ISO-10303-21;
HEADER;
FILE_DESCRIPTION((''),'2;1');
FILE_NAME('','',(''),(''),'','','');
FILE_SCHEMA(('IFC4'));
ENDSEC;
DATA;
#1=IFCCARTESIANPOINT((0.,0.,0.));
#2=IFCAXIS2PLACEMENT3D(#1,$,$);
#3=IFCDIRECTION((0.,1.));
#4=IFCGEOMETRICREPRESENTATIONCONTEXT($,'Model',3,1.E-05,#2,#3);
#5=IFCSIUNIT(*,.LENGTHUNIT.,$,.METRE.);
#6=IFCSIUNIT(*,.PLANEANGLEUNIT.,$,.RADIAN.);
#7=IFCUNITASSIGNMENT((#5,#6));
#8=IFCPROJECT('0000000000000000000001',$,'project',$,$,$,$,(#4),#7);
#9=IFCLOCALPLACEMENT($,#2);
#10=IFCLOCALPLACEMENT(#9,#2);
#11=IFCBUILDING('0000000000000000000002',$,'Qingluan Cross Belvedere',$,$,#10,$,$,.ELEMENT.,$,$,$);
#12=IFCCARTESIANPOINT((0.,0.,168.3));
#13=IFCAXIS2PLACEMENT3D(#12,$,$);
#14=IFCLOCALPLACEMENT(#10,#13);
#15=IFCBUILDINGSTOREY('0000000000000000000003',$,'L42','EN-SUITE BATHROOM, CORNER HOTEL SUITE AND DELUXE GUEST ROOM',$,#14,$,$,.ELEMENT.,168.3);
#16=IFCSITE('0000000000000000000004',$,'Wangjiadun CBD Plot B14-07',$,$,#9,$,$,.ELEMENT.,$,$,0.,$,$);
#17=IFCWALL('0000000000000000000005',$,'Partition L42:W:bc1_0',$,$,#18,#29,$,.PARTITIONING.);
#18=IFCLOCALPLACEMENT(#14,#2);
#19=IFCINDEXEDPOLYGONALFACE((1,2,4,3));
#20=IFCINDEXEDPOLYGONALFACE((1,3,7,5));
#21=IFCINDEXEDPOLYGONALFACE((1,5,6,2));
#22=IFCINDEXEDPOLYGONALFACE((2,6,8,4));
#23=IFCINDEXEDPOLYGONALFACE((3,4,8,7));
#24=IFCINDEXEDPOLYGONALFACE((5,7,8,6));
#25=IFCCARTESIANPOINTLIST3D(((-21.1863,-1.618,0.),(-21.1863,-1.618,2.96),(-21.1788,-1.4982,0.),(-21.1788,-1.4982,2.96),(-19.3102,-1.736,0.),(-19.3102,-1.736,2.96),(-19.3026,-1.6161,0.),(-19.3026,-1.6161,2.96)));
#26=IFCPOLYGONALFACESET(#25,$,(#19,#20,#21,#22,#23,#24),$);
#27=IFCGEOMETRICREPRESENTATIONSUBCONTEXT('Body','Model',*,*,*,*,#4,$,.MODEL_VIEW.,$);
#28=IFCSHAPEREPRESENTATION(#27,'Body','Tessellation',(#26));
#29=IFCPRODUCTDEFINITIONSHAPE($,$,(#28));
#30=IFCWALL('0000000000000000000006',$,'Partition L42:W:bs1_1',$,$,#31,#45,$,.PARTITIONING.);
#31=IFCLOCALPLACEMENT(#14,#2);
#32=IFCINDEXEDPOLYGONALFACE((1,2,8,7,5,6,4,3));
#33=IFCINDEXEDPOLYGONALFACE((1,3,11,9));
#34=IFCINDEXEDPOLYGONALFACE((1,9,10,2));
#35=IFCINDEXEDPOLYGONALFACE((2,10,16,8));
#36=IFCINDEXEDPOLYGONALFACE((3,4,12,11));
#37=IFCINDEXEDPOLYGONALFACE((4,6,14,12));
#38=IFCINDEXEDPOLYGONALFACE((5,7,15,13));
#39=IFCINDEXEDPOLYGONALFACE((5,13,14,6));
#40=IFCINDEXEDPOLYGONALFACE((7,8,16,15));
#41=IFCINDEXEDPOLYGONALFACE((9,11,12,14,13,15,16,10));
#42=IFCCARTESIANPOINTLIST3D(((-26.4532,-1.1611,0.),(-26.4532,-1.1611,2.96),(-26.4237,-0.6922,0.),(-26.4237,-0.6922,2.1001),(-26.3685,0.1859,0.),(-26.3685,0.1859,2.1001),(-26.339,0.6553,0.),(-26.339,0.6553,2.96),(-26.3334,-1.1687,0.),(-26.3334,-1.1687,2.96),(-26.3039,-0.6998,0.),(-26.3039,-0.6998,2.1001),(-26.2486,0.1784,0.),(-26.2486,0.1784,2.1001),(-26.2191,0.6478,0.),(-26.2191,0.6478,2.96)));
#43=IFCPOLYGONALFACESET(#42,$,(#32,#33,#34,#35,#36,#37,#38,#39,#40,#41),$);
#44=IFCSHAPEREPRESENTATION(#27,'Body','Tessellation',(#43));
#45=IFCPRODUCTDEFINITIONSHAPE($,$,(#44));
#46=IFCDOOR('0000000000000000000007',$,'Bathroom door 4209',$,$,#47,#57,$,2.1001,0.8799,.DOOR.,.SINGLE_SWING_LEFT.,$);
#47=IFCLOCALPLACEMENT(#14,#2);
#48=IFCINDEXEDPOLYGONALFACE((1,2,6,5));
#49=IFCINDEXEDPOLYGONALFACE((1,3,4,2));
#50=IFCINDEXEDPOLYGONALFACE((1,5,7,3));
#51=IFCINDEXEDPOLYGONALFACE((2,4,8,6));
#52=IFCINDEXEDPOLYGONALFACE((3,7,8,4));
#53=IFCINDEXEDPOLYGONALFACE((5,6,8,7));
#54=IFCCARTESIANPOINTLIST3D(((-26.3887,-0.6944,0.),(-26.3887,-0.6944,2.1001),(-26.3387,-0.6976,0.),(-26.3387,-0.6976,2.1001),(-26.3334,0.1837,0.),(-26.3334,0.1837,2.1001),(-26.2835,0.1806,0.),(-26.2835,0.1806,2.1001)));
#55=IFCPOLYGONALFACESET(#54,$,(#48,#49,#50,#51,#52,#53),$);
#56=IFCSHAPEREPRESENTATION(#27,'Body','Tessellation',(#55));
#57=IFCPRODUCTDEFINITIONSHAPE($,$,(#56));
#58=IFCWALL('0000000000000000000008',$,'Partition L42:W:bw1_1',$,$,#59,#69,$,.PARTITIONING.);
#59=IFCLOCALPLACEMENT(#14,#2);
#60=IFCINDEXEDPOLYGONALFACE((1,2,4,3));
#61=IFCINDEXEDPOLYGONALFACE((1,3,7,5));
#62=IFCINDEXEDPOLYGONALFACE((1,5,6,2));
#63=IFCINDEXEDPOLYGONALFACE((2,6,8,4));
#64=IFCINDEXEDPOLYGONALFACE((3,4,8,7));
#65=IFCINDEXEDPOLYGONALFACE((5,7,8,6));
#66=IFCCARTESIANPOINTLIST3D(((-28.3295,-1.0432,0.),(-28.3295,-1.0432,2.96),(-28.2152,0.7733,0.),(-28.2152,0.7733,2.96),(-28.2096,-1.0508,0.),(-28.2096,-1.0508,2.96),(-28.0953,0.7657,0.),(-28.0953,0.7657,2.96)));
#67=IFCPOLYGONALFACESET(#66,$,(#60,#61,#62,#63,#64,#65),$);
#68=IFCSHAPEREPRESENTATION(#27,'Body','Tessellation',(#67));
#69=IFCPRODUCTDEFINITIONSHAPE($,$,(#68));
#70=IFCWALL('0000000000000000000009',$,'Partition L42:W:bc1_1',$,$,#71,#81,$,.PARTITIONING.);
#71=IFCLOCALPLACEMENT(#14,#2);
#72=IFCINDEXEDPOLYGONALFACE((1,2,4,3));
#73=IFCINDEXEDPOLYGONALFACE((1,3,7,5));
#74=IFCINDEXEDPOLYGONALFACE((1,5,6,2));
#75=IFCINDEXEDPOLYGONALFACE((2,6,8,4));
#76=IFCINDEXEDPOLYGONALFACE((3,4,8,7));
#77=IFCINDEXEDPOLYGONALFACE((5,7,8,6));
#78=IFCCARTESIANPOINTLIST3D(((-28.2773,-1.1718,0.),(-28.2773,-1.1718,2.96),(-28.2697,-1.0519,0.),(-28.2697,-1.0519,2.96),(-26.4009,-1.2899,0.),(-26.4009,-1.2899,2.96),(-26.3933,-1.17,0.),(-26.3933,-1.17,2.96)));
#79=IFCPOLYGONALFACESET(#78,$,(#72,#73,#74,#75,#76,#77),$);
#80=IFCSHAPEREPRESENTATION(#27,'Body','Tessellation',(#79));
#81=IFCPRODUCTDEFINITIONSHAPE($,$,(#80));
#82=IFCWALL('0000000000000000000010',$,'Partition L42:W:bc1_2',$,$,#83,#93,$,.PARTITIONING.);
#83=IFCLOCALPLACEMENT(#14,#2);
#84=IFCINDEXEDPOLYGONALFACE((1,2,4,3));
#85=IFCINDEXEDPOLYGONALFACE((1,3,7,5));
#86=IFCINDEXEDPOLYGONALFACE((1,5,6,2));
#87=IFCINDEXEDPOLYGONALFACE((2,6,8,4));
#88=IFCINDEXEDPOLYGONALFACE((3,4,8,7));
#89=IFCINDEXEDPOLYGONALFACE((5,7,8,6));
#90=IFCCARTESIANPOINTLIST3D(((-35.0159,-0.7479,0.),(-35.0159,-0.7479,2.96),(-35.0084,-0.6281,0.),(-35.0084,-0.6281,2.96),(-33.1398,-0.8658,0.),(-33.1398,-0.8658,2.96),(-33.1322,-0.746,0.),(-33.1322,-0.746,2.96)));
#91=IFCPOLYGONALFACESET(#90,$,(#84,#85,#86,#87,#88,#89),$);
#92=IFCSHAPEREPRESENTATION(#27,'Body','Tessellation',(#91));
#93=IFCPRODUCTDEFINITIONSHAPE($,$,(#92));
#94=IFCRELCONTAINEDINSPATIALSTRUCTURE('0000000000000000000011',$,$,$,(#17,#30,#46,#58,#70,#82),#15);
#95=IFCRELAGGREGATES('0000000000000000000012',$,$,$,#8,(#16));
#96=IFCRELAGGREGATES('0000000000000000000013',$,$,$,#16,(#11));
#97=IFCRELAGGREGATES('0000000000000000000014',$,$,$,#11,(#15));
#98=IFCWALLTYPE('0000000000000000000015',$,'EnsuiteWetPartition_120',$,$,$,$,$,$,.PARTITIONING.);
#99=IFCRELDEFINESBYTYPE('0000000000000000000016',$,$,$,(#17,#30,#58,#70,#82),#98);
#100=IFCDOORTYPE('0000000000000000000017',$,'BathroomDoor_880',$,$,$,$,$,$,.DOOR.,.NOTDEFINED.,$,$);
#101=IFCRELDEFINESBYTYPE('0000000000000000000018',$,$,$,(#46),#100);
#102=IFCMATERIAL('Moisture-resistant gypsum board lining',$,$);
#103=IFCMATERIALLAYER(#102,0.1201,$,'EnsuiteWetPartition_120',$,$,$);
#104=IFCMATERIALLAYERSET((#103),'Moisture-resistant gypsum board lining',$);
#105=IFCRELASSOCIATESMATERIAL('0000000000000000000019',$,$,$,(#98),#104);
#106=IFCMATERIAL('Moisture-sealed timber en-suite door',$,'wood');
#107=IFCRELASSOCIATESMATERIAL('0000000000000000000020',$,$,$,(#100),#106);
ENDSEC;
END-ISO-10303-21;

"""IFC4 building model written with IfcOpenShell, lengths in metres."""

from ifc_helpers import new_model, si_unit, direction, frame, frame_2d, origin, place, context, subcontext, project, spatial, rectangle, extrude, material, layer, layer_set, type_object, element, fill, save


model = new_model("IFC4")

# Units and contexts
model_context = context("Model", 3, precision=1e-05, world=origin(), true_north=direction((0.0, 1.0)))
body_context = subcontext(model_context, "Body", "Model", "MODEL_VIEW")
ifc_project = project(units=[si_unit("LENGTHUNIT", "METRE"), si_unit("PLANEANGLEUNIT", "RADIAN")], contexts=[model_context])

# Site, building, storey
site_placement = place(None, origin())
site = spatial("IfcSite", under=ifc_project, at=site_placement, Name="Wangjiadun CBD Plot B14-07", CompositionType="ELEMENT", RefElevation=0.0)
building_placement = place(site_placement, origin())
building = spatial("IfcBuilding", under=site, at=building_placement, Name="Qingluan Cross Belvedere", CompositionType="ELEMENT")
storey_placement = place(building_placement, frame((0.0, 0.0, 168.3)))
storey = spatial("IfcBuildingStorey", under=building, at=storey_placement, Name="L42", Description="EN-SUITE BATHROOM, CORNER HOTEL SUITE AND DELUXE GUEST ROOM", CompositionType="ELEMENT", Elevation=168.3)

# Shared definitions
ifc_material_1 = material(Name="Moisture-resistant gypsum board lining")
ifc_layer_1 = layer(ifc_material_1, 0.1201, Name="EnsuiteWetPartition_120")
ifc_layer_set_1 = layer_set([ifc_layer_1], Name="Moisture-resistant gypsum board lining")
wall_type_1 = type_object("IfcWallType", Name="EnsuiteWetPartition_120", PredefinedType="PARTITIONING", material=ifc_layer_set_1)
ifc_material_2 = material(Name="Moisture-sealed timber en-suite door", Category="wood")
door_type = type_object("IfcDoorType", Name="BathroomDoor_880", OperationType="NOTDEFINED", PredefinedType="DOOR", material=ifc_material_2)

# Wall
wall_1_placement = place(storey_placement, frame((-19.3064, -1.676, 0.0), z_axis=(0.0, 0.0, 1.0), x_axis=(-0.998031, 0.062726, 0.0)))
element("IfcWall", 1, at=wall_1_placement, inside=storey, type_object=wall_type_1, Name="Partition L42:W:bc1_0", PredefinedType="PARTITIONING", context=body_context, shape_type="SweptSolid", body=[
    extrude(rectangle(XDim=1.8799, YDim=0.1201, at=frame_2d((0.9399, 0.0))), origin(), (0.0, 0.0, 1.0), 2.96),
])

# Wall, opening, door
wall_2_placement = place(storey_placement, frame((-26.3933, -1.165, 0.0), z_axis=(0.0, 0.0, 1.0), x_axis=(0.062779, 0.998027, 0.0)))
wall_2 = element("IfcWall", 2, at=wall_2_placement, inside=storey, type_object=wall_type_1, Name="Partition L42:W:bs1_1", PredefinedType="PARTITIONING", context=body_context, shape_type="SweptSolid", body=[
    extrude(rectangle(XDim=1.8201, YDim=0.1201, at=frame_2d((0.9102, 0.0))), origin(), (0.0, 0.0, 1.0), 2.96),
])
opening_1_placement = place(wall_2_placement, frame((0.47, 0.0, 0.0)))
opening_1 = element("IfcOpeningElement", 3, at=opening_1_placement, cuts=wall_2, PredefinedType="OPENING", context=body_context, shape_type="SweptSolid", body=[
    extrude(rectangle(XDim=0.8799, YDim=2.1001, at=frame_2d((0.4399, 1.05))), frame((0.0, 0.0701, 0.0), z_axis=(0.0, -1.0, 0.0), x_axis=(1.0, 0.0, 0.0)), (0.0, 0.0, 1.0), 0.1401),
])
door_1_placement = place(opening_1_placement, origin())
door_1 = element("IfcDoor", 4, at=door_1_placement, inside=storey, type_object=door_type, Name="Bathroom door 4209", OperationType="SINGLE_SWING_LEFT", OverallHeight=2.1001, OverallWidth=0.8799, PredefinedType="DOOR", context=body_context, shape_type="SweptSolid", body=[
    extrude(rectangle(XDim=0.8799, YDim=2.1001, at=frame_2d((0.4399, 1.05))), frame((0.0, 0.0249, 0.0), z_axis=(0.0, -1.0, 0.0), x_axis=(1.0, 0.0, 0.0)), (0.0, 0.0, 1.0), 0.05),
])
fill(opening_1, door_1)

# Walls
wall_3_placement = place(storey_placement, frame((-28.2695, -1.0471, 0.0), z_axis=(0.0, 0.0, 1.0), x_axis=(0.062779, 0.998027, 0.0)))
element("IfcWall", 5, at=wall_3_placement, inside=storey, type_object=wall_type_1, Name="Partition L42:W:bw1_1", PredefinedType="PARTITIONING", context=body_context, shape_type="SweptSolid", body=[
    extrude(rectangle(XDim=1.8201, YDim=0.1201, at=frame_2d((0.9102, 0.0))), origin(), (0.0, 0.0, 1.0), 2.96),
])
wall_4_placement = place(storey_placement, frame((-26.3972, -1.23, 0.0), z_axis=(0.0, 0.0, 1.0), x_axis=(-0.998023, 0.062847, 0.0)))
element("IfcWall", 6, at=wall_4_placement, inside=storey, type_object=wall_type_1, Name="Partition L42:W:bc1_1", PredefinedType="PARTITIONING", context=body_context, shape_type="SweptSolid", body=[
    extrude(rectangle(XDim=1.8801, YDim=0.1201, at=frame_2d((0.9399, 0.0))), origin(), (0.0, 0.0, 1.0), 2.96),
])
wall_5_placement = place(storey_placement, frame((-33.136, -0.8059, 0.0), z_axis=(0.0, 0.0, 1.0), x_axis=(-0.998031, 0.062726, 0.0)))
element("IfcWall", 7, at=wall_5_placement, inside=storey, type_object=wall_type_1, Name="Partition L42:W:bc1_2", PredefinedType="PARTITIONING", context=body_context, shape_type="SweptSolid", body=[
    extrude(rectangle(XDim=1.8799, YDim=0.1201, at=frame_2d((0.9399, 0.0))), origin(), (0.0, 0.0, 1.0), 2.96),
])

save(model, "model.ifc")
